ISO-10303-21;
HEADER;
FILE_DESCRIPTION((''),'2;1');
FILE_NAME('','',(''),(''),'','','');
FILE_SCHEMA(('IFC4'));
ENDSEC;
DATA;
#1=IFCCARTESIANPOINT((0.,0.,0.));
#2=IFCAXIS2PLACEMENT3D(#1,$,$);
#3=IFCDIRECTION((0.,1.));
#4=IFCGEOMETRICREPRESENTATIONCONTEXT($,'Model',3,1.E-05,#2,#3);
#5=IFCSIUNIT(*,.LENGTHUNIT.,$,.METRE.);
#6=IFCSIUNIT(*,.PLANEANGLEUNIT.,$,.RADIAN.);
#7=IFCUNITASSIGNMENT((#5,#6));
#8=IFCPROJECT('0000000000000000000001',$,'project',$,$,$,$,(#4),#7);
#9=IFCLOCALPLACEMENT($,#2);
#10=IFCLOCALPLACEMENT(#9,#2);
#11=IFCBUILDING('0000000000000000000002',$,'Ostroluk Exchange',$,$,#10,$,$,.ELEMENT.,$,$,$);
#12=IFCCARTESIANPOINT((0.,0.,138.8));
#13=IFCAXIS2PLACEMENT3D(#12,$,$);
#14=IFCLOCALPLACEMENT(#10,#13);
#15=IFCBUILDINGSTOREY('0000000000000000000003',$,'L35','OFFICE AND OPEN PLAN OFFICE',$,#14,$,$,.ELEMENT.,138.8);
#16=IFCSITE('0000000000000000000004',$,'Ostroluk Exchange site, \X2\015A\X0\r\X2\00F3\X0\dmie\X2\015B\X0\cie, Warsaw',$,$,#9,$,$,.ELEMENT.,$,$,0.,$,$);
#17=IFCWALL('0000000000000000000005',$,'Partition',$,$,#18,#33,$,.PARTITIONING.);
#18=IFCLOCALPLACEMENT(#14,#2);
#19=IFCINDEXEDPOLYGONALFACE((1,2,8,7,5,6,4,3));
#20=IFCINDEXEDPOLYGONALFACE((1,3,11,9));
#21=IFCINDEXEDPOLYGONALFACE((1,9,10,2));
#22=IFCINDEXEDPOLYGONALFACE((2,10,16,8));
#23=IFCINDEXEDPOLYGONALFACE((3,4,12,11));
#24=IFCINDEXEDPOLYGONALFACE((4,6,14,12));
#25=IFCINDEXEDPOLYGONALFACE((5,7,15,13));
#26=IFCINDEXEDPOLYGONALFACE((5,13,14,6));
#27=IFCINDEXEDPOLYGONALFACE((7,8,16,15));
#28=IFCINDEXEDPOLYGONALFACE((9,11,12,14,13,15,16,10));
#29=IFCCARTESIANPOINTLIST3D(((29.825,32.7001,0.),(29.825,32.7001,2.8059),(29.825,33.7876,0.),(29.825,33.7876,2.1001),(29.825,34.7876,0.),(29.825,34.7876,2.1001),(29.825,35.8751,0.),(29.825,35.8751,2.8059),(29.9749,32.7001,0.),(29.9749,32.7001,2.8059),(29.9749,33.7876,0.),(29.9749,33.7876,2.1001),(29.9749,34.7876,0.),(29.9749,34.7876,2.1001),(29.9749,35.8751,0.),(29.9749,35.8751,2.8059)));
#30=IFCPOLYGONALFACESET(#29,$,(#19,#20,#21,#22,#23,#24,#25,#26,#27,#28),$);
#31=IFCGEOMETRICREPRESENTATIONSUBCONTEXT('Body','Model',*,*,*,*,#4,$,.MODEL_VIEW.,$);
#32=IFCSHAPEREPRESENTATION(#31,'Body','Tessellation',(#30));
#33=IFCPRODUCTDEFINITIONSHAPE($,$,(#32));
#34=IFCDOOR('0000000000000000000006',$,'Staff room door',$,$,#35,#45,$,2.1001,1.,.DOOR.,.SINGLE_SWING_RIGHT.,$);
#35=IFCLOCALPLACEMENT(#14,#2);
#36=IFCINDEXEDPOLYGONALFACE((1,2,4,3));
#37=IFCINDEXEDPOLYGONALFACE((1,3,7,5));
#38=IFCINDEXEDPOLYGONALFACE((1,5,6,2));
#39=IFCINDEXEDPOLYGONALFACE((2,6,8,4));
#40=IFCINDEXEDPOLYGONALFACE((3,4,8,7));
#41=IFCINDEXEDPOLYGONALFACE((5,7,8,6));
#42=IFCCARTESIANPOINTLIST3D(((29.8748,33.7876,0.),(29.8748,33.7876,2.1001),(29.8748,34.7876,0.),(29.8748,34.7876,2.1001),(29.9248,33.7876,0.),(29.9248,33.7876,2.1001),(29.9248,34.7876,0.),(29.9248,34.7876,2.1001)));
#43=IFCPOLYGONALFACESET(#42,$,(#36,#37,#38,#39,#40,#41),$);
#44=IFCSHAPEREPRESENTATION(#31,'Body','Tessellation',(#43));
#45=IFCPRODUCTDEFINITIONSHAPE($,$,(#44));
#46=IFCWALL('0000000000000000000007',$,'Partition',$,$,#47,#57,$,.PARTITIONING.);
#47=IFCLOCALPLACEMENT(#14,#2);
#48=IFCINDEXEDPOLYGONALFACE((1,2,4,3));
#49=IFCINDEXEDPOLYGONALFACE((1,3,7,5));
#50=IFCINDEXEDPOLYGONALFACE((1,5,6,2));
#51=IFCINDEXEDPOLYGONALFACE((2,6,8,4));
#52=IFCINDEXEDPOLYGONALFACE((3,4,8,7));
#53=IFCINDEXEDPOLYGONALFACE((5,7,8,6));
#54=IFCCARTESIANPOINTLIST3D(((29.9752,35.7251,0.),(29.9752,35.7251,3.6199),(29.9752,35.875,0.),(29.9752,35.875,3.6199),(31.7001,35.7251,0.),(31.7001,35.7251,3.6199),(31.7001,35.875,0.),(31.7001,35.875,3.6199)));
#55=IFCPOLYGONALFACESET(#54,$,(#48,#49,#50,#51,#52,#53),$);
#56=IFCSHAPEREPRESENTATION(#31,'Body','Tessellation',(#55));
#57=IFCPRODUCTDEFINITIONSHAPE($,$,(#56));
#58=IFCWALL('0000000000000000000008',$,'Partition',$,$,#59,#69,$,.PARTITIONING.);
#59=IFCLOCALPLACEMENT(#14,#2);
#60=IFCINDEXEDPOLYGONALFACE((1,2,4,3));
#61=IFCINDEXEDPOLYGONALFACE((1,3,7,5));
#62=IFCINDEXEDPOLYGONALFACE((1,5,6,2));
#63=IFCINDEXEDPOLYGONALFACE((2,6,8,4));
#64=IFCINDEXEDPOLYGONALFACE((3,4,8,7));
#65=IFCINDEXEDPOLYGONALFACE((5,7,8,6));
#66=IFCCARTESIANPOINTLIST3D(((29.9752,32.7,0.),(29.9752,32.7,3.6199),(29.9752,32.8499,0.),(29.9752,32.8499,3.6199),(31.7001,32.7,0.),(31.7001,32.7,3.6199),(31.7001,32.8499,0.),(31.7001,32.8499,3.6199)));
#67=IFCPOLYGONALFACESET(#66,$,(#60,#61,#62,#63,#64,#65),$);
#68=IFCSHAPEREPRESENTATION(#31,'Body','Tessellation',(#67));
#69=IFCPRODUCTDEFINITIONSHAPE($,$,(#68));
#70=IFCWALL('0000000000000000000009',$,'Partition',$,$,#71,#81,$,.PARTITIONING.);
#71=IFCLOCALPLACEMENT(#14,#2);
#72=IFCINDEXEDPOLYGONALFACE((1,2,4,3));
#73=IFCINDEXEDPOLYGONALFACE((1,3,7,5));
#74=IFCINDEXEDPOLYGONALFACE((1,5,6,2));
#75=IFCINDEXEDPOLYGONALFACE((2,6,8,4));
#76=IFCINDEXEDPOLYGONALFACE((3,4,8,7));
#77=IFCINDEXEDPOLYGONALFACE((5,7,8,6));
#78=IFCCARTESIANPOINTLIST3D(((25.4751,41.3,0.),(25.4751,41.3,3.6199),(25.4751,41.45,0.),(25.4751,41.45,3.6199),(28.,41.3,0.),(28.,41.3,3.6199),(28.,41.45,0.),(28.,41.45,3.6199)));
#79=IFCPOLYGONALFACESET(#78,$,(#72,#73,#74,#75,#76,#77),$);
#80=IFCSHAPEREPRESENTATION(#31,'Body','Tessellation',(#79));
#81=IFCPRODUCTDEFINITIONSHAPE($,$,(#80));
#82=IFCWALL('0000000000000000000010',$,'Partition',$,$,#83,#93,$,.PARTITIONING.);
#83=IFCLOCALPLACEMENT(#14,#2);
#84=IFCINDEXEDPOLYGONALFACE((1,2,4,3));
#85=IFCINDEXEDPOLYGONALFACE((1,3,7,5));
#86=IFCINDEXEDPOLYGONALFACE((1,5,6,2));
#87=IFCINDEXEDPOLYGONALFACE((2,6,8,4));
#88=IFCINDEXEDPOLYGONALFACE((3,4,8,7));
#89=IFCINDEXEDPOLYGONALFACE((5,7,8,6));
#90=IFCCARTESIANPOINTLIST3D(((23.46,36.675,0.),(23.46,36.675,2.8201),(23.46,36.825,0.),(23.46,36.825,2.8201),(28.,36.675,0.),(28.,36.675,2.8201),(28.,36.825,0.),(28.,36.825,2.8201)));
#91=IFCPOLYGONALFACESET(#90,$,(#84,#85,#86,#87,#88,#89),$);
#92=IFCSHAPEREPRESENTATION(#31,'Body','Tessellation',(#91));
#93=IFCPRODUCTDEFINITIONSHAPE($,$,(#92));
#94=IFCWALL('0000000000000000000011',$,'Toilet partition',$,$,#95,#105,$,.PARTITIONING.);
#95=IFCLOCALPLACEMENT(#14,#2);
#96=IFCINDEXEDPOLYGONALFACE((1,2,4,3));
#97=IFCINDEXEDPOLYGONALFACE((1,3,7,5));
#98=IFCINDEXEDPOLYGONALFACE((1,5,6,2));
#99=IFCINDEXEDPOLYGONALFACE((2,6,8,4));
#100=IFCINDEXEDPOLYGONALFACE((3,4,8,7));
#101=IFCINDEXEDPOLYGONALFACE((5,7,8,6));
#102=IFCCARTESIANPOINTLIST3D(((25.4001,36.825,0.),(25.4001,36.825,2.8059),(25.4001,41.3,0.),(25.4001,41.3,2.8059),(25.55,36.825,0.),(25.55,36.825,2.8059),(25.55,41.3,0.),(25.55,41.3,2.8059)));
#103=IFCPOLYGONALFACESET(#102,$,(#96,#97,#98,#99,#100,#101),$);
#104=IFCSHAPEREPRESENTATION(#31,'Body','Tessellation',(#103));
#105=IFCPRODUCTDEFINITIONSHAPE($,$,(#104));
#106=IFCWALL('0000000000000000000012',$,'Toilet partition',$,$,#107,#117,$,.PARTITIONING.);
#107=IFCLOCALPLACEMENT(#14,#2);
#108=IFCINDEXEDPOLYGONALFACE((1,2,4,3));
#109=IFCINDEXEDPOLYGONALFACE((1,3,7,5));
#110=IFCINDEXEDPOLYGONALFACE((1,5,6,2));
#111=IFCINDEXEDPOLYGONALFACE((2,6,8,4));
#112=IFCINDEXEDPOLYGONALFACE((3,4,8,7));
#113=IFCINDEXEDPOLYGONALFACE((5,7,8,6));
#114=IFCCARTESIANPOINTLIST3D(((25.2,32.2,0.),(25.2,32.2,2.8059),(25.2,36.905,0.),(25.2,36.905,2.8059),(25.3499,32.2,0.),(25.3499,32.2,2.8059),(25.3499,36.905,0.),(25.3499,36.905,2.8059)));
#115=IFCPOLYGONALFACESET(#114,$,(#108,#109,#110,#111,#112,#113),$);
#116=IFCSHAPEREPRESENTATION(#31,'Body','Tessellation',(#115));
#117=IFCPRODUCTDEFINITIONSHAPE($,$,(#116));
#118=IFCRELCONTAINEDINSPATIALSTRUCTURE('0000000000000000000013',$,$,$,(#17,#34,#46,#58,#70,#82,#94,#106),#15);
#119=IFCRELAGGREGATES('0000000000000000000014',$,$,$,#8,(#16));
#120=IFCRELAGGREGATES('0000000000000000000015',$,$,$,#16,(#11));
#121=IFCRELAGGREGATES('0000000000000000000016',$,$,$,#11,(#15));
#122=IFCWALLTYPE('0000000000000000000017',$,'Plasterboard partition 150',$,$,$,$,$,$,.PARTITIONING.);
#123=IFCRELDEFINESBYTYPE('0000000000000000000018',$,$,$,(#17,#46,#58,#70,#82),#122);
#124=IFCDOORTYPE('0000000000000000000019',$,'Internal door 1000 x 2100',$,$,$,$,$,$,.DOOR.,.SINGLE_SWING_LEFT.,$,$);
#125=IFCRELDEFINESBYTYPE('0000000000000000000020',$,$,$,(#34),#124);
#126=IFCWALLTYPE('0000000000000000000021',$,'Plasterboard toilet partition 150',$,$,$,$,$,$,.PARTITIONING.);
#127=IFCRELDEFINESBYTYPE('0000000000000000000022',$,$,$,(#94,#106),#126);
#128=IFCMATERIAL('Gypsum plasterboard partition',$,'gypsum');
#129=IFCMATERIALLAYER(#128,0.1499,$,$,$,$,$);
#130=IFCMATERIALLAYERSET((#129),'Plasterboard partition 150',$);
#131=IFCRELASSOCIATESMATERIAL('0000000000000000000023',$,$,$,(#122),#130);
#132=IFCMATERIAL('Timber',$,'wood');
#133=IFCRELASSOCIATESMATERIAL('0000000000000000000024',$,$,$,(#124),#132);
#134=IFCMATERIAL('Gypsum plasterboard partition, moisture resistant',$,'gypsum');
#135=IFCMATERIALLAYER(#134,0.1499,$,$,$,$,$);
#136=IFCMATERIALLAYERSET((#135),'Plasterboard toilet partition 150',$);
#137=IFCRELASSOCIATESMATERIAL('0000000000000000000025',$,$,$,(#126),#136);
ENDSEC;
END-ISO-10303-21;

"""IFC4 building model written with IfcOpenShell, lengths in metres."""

from ifc_helpers import new_model, si_unit, direction, frame, frame_2d, origin, place, context, subcontext, project, spatial, rectangle, extrude, material, layer, layer_set, type_object, element, fill, save


model = new_model("IFC4")

# Units and contexts
model_context = context("Model", 3, precision=1e-05, world=origin(), true_north=direction((0.0, 1.0)))
body_context = subcontext(model_context, "Body", "Model", "MODEL_VIEW")
ifc_project = project(units=[si_unit("LENGTHUNIT", "METRE"), si_unit("PLANEANGLEUNIT", "RADIAN")], contexts=[model_context])

# Site, building, storey
site_placement = place(None, origin())
site = spatial("IfcSite", under=ifc_project, at=site_placement, Name="Ostroluk Exchange site, Śródmieście, Warsaw", CompositionType="ELEMENT", RefElevation=0.0)
building_placement = place(site_placement, origin())
building = spatial("IfcBuilding", under=site, at=building_placement, Name="Ostroluk Exchange", CompositionType="ELEMENT")
storey_placement = place(building_placement, frame((0.0, 0.0, 138.8)))
storey = spatial("IfcBuildingStorey", under=building, at=storey_placement, Name="L35", Description="OFFICE AND OPEN PLAN OFFICE", CompositionType="ELEMENT", Elevation=138.8)

# Wall, opening, door
ifc_material_1 = material(Name="Gypsum plasterboard partition", Category="gypsum")
ifc_layer_1 = layer(ifc_material_1, 0.1499)
ifc_layer_set_1 = layer_set([ifc_layer_1], Name="Plasterboard partition 150")
wall_type_1 = type_object("IfcWallType", Name="Plasterboard partition 150", PredefinedType="PARTITIONING", material=ifc_layer_set_1)
wall_1_placement = place(storey_placement, frame((29.8999, 35.875, 0.0), z_axis=(0.0, 0.0, 1.0), x_axis=(0.0, -1.0, 0.0)))
wall_1 = element("IfcWall", 1, at=wall_1_placement, inside=storey, type_object=wall_type_1, Name="Partition", PredefinedType="PARTITIONING", context=body_context, shape_type="SweptSolid", body=[
    extrude(rectangle(XDim=3.175, YDim=0.1499, at=frame_2d((1.5874, 0.0))), origin(), (0.0, 0.0, 1.0), 2.8059),
])
opening_1_placement = place(wall_1_placement, frame((1.0874, 0.0, 0.0)))
opening_1 = element("IfcOpeningElement", 2, at=opening_1_placement, cuts=wall_1, PredefinedType="OPENING", context=body_context, shape_type="SweptSolid", body=[
    extrude(rectangle(XDim=1.0, YDim=2.1001, at=frame_2d((0.5, 1.05))), frame((0.0, 0.085, 0.0), z_axis=(0.0, -1.0, 0.0), x_axis=(1.0, 0.0, 0.0)), (0.0, 0.0, 1.0), 0.1699),
])
ifc_material_2 = material(Name="Timber", Category="wood")
door_type_1 = type_object("IfcDoorType", Name="Internal door 1000 x 2100", OperationType="SINGLE_SWING_LEFT", PredefinedType="DOOR", material=ifc_material_2)
door_1_placement = place(opening_1_placement, origin())
door_1 = element("IfcDoor", 3, at=door_1_placement, inside=storey, type_object=door_type_1, Name="Staff room door", OperationType="SINGLE_SWING_RIGHT", OverallHeight=2.1001, OverallWidth=1.0, PredefinedType="DOOR", context=body_context, shape_type="SweptSolid", body=[
    extrude(rectangle(XDim=1.0, YDim=2.1001, at=frame_2d((0.5, 1.05))), frame((0.0, 0.0249, 0.0), z_axis=(0.0, -1.0, 0.0), x_axis=(1.0, 0.0, 0.0)), (0.0, 0.0, 1.0), 0.05),
])
fill(opening_1, door_1)

# Walls
for number, where, z_axis, x_axis, name in (
    (4, (31.7, 35.8, 0.0), (0.0, 0.0, 1.0), (-1.0, 0.0, 0.0), "Partition"),
    (5, (31.7, 32.7749, 0.0), (0.0, 0.0, 1.0), (-1.0, 0.0, 0.0), "Partition"),
):
    element("IfcWall", number, at=place(storey_placement, frame(where, z_axis=z_axis, x_axis=x_axis)), inside=storey, type_object=wall_type_1, Name=name, PredefinedType="PARTITIONING", context=body_context, shape_type="SweptSolid", body=[
        extrude(rectangle(XDim=1.7249, YDim=0.1499, at=frame_2d((0.8623, 0.0))), origin(), (0.0, 0.0, 1.0), 3.6199),
    ])
wall_2_placement = place(storey_placement, frame((28.0, 41.375, 0.0), z_axis=(0.0, 0.0, 1.0), x_axis=(-1.0, 0.0, 0.0)))
element("IfcWall", 6, at=wall_2_placement, inside=storey, type_object=wall_type_1, Name="Partition", PredefinedType="PARTITIONING", context=body_context, shape_type="SweptSolid", body=[
    extrude(rectangle(XDim=2.5249, YDim=0.1499, at=frame_2d((1.2625, 0.0))), origin(), (0.0, 0.0, 1.0), 3.6199),
])
wall_3_placement = place(storey_placement, frame((28.0, 36.75, 0.0), z_axis=(0.0, 0.0, 1.0), x_axis=(-1.0, 0.0, 0.0)))
element("IfcWall", 7, at=wall_3_placement, inside=storey, type_object=wall_type_1, Name="Partition", PredefinedType="PARTITIONING", context=body_context, shape_type="SweptSolid", body=[
    extrude(rectangle(XDim=4.54, YDim=0.1499, at=frame_2d((2.27, 0.0))), origin(), (0.0, 0.0, 1.0), 2.8201),
])
ifc_material_3 = material(Name="Gypsum plasterboard partition, moisture resistant", Category="gypsum")
ifc_layer_2 = layer(ifc_material_3, 0.1499)
ifc_layer_set_2 = layer_set([ifc_layer_2], Name="Plasterboard toilet partition 150")
wall_type_2 = type_object("IfcWallType", Name="Plasterboard toilet partition 150", PredefinedType="PARTITIONING", material=ifc_layer_set_2)
wall_4_placement = place(storey_placement, frame((25.4751, 41.3, 0.0), z_axis=(0.0, 0.0, 1.0), x_axis=(0.0, -1.0, 0.0)))
element("IfcWall", 8, at=wall_4_placement, inside=storey, type_object=wall_type_2, Name="Toilet partition", PredefinedType="PARTITIONING", context=body_context, shape_type="SweptSolid", body=[
    extrude(rectangle(XDim=4.4751, YDim=0.1499, at=frame_2d((2.2375, 0.0))), origin(), (0.0, 0.0, 1.0), 2.8059),
])
wall_5_placement = place(storey_placement, frame((25.2749, 36.905, 0.0), z_axis=(0.0, 0.0, 1.0), x_axis=(0.0, -1.0, 0.0)))
element("IfcWall", 9, at=wall_5_placement, inside=storey, type_object=wall_type_2, Name="Toilet partition", PredefinedType="PARTITIONING", context=body_context, shape_type="SweptSolid", body=[
    extrude(rectangle(XDim=4.7051, YDim=0.1499, at=frame_2d((2.3525, 0.0))), origin(), (0.0, 0.0, 1.0), 2.8059),
])

save(model, "model.ifc")
